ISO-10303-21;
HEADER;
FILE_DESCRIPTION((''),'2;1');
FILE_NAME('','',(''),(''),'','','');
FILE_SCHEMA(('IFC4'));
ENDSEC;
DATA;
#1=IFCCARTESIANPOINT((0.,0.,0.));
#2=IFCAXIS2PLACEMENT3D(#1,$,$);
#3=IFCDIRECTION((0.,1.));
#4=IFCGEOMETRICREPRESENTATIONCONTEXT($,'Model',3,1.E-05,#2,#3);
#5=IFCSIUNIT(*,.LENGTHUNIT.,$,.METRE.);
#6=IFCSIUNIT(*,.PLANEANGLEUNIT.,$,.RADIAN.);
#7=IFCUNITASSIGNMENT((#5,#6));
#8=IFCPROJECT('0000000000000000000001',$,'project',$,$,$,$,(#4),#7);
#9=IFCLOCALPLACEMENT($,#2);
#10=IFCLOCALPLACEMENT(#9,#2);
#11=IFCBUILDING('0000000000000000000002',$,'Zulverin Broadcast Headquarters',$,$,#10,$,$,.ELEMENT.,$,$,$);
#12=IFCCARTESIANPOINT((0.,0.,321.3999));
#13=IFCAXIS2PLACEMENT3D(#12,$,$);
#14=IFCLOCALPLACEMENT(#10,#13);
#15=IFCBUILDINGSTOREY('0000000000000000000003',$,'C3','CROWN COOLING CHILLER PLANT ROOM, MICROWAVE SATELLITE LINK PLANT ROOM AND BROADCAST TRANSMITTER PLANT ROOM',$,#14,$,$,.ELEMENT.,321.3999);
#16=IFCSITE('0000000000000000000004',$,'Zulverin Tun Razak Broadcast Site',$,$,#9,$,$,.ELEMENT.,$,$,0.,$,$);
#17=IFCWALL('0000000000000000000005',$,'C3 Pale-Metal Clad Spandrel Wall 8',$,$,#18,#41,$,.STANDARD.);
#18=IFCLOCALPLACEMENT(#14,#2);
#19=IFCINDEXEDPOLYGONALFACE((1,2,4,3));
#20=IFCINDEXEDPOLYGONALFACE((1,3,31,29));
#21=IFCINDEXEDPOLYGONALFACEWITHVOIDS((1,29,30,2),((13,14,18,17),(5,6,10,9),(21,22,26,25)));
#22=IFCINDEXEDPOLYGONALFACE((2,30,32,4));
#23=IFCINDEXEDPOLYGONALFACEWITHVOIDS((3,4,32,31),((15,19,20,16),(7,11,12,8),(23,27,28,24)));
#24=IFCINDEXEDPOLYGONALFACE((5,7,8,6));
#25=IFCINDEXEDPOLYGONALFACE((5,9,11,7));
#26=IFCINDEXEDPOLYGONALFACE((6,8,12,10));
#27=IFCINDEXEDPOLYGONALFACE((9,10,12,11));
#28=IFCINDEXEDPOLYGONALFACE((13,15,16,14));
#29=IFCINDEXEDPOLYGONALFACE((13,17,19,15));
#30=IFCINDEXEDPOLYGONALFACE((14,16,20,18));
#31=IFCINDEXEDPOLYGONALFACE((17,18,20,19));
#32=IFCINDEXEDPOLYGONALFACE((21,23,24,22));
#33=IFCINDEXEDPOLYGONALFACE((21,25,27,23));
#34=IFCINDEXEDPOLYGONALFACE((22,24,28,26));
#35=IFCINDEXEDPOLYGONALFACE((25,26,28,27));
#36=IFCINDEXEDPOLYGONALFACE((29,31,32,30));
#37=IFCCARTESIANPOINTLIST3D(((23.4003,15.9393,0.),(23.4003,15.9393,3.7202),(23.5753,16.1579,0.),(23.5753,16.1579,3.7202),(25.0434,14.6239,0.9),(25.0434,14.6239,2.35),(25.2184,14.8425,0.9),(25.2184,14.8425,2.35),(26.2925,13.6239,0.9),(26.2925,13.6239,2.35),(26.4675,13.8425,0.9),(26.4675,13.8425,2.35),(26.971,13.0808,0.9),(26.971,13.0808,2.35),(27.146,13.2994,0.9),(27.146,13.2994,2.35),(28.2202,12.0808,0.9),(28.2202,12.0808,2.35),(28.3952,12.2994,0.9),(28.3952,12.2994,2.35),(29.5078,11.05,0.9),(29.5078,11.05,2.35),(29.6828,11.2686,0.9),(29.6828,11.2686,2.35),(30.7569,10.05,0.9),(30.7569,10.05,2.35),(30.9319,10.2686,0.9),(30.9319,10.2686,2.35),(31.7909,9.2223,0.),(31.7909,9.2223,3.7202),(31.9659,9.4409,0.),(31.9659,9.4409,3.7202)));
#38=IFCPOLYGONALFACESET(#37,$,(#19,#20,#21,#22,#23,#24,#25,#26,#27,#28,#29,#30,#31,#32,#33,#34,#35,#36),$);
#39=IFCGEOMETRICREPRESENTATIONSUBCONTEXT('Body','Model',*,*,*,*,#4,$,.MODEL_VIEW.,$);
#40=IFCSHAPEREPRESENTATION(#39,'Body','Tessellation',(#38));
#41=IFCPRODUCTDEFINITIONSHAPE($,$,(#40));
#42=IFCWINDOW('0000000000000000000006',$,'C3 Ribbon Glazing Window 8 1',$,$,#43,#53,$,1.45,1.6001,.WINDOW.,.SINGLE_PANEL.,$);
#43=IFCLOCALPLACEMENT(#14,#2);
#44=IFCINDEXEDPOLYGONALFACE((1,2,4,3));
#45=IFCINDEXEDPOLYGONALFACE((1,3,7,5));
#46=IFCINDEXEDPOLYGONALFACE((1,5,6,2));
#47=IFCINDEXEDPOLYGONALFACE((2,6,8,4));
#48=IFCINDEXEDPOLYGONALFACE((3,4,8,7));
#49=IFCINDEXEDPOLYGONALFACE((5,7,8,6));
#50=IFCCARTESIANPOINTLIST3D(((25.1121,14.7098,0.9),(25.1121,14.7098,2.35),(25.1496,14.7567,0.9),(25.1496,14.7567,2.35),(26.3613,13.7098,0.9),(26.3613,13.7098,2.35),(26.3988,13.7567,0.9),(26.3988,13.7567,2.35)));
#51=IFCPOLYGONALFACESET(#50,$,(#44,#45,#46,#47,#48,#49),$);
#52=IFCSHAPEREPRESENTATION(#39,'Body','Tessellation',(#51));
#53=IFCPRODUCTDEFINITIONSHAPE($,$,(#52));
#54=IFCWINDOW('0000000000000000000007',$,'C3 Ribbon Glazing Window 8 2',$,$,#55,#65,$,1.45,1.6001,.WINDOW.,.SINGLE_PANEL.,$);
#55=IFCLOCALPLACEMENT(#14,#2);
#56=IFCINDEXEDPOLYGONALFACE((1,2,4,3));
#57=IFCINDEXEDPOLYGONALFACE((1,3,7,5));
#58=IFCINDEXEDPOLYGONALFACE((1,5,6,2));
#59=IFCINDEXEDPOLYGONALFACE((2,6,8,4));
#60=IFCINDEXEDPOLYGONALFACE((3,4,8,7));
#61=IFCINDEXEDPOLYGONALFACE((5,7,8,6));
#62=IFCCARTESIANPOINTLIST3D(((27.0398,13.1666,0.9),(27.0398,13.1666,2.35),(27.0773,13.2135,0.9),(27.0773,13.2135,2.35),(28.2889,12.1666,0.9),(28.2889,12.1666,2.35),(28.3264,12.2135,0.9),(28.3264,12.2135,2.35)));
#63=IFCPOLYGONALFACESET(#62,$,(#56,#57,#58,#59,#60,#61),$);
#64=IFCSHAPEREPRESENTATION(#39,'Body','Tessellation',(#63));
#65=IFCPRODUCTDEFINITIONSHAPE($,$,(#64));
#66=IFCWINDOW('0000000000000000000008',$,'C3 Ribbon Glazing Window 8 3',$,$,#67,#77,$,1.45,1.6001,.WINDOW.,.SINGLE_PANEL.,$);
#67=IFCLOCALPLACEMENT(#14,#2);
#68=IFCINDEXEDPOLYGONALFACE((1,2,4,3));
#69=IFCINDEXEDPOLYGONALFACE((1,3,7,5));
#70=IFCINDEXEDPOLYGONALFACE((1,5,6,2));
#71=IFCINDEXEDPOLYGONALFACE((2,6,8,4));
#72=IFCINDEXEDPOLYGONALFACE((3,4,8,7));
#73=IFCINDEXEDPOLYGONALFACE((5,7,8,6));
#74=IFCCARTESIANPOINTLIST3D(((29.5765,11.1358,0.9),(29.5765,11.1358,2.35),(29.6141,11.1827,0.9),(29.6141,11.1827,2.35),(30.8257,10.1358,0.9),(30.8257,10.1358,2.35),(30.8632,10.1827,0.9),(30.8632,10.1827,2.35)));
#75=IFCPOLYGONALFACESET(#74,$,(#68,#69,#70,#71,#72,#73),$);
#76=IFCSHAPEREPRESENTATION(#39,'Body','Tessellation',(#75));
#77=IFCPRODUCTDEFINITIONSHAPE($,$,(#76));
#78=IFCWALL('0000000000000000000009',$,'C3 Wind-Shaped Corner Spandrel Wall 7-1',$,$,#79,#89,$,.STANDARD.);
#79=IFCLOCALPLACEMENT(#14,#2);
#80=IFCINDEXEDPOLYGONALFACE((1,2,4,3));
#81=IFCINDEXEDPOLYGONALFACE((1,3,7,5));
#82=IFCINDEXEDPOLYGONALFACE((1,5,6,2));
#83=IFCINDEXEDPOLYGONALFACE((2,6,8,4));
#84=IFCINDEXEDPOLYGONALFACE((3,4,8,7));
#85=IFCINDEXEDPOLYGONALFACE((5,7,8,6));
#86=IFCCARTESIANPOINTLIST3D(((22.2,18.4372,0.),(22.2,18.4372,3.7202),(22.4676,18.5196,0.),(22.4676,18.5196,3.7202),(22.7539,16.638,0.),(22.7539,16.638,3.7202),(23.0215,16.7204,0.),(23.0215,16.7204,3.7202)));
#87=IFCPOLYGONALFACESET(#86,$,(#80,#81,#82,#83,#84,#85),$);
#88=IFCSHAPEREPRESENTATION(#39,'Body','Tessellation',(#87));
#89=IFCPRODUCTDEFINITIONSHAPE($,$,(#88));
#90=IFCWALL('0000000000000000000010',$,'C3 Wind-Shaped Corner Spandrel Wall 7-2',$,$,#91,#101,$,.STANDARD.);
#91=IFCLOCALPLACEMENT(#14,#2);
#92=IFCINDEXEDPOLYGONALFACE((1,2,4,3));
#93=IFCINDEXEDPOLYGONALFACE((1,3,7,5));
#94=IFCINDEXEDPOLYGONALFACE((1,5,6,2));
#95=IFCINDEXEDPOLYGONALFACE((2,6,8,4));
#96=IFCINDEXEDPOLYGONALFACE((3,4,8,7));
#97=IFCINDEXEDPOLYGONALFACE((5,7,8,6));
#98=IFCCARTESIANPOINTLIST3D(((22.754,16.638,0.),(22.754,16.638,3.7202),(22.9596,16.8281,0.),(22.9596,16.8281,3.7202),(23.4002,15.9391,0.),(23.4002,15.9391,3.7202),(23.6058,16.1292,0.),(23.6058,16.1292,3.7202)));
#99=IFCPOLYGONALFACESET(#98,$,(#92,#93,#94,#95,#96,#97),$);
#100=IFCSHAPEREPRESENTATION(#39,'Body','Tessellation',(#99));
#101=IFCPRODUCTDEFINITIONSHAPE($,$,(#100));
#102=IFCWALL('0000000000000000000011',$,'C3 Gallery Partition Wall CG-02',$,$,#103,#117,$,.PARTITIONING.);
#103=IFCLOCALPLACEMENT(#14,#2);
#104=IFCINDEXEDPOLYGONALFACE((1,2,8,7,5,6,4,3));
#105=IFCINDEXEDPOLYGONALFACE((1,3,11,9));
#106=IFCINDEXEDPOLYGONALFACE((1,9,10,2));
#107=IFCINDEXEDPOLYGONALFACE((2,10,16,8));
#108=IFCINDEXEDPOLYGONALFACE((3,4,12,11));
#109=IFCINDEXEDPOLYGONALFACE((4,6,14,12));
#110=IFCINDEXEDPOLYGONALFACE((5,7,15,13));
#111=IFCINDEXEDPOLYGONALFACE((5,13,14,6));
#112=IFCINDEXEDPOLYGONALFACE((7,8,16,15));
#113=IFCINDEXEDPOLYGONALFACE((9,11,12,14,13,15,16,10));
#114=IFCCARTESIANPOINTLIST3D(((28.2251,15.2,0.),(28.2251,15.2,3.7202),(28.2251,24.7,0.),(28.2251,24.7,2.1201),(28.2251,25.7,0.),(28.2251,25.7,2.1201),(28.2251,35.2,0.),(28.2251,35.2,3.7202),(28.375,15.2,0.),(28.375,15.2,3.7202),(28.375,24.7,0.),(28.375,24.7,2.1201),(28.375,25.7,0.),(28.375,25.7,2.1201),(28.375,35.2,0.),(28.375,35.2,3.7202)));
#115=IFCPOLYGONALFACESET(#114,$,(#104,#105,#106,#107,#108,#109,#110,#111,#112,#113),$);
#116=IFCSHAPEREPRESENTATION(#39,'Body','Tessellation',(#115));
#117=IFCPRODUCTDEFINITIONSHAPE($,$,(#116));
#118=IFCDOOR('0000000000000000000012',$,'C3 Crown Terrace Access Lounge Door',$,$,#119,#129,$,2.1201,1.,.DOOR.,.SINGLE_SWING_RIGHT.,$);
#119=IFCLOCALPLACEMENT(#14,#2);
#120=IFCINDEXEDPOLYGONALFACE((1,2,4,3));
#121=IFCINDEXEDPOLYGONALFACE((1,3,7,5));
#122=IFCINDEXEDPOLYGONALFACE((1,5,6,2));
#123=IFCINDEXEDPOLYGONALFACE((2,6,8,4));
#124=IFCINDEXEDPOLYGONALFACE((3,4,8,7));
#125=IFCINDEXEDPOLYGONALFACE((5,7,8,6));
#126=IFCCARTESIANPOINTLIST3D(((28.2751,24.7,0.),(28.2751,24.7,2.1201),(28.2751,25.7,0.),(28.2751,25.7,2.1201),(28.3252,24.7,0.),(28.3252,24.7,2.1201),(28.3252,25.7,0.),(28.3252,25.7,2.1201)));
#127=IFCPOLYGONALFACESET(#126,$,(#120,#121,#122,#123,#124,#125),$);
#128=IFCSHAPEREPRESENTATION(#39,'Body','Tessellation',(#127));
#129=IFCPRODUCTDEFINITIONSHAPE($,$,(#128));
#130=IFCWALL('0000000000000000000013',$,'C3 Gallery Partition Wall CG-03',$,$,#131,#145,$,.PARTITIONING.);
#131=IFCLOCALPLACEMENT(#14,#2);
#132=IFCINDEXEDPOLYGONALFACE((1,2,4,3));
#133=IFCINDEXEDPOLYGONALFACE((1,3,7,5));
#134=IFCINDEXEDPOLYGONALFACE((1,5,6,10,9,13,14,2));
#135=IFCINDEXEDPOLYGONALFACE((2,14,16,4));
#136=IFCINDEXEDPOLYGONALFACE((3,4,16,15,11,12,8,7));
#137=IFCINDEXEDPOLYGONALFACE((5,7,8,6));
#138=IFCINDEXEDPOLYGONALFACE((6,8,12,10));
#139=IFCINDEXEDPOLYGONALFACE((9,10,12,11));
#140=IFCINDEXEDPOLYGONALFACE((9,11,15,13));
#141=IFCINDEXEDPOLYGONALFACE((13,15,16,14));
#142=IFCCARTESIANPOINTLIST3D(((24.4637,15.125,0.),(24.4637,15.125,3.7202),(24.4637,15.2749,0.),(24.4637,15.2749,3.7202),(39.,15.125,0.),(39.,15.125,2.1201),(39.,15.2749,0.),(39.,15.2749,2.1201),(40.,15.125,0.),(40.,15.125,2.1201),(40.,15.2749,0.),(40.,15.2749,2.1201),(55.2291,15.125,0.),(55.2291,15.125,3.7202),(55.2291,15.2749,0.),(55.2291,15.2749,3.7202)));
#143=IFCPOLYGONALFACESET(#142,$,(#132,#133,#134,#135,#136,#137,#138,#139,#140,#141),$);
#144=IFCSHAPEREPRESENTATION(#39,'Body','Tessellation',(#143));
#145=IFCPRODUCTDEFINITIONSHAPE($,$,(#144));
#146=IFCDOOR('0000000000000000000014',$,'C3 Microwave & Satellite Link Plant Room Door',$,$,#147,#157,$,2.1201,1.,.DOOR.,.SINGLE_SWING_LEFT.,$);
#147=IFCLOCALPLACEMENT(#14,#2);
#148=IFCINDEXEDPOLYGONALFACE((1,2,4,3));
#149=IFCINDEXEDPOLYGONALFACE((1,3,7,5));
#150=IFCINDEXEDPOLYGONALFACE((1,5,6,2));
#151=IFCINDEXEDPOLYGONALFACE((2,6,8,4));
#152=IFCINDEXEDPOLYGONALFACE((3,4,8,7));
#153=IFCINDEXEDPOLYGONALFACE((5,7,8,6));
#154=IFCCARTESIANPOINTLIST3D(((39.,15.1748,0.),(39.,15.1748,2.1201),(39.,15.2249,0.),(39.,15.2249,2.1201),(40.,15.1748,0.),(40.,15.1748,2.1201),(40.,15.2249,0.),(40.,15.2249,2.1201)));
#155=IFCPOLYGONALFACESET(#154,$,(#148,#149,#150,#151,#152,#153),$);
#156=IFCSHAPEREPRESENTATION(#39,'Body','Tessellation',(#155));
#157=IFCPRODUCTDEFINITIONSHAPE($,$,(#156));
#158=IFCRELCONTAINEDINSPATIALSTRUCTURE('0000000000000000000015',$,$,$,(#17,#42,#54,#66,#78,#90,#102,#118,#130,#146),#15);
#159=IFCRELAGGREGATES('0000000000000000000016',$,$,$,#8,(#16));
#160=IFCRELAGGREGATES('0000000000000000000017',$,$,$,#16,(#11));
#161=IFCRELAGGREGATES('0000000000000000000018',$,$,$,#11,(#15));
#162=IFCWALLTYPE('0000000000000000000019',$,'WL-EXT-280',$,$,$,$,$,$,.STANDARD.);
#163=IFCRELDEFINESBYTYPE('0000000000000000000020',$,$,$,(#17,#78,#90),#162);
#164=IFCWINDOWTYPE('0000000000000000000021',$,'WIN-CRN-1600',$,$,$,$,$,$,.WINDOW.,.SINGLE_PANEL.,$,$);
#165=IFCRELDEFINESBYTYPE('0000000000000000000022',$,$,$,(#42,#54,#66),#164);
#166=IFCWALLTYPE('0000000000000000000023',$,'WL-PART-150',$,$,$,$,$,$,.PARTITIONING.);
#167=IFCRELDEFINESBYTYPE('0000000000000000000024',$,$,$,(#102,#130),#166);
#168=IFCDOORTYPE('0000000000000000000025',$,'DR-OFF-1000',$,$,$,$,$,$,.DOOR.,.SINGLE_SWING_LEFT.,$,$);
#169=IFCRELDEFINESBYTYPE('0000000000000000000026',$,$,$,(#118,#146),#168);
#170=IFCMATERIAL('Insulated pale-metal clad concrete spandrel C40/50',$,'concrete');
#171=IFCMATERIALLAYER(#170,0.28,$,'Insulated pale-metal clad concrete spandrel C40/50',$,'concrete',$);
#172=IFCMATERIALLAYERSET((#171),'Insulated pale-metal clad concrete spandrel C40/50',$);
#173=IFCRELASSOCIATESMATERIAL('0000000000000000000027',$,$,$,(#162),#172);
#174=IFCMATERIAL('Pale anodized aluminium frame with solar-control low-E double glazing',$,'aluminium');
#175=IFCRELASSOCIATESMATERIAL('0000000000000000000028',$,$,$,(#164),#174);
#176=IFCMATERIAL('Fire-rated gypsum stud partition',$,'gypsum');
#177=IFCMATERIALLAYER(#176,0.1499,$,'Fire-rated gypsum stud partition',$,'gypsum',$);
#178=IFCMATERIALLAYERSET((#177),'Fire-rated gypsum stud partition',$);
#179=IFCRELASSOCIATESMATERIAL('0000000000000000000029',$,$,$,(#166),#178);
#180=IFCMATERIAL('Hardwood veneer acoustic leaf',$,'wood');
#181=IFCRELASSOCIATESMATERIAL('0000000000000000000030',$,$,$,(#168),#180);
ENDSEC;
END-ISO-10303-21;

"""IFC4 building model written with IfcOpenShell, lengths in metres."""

from ifc_helpers import new_model, si_unit, direction, frame, frame_2d, origin, place, context, subcontext, project, spatial, rectangle, extrude, material, layer, layer_set, type_object, element, fill, save


model = new_model("IFC4")

# Units and contexts
model_context = context("Model", 3, precision=1e-05, world=origin(), true_north=direction((0.0, 1.0)))
body_context = subcontext(model_context, "Body", "Model", "MODEL_VIEW")
ifc_project = project(units=[si_unit("LENGTHUNIT", "METRE"), si_unit("PLANEANGLEUNIT", "RADIAN")], contexts=[model_context])

# Site, building, storey
site_placement = place(None, origin())
site = spatial("IfcSite", under=ifc_project, at=site_placement, Name="Zulverin Tun Razak Broadcast Site", CompositionType="ELEMENT", RefElevation=0.0)
building_placement = place(site_placement, origin())
building = spatial("IfcBuilding", under=site, at=building_placement, Name="Zulverin Broadcast Headquarters", CompositionType="ELEMENT")
storey_placement = place(building_placement, frame((0.0, 0.0, 321.3999)))
storey = spatial("IfcBuildingStorey", under=building, at=storey_placement, Name="C3", Description="CROWN COOLING CHILLER PLANT ROOM, MICROWAVE SATELLITE LINK PLANT ROOM AND BROADCAST TRANSMITTER PLANT ROOM", CompositionType="ELEMENT", Elevation=321.3999)

# Wall, openings, windows
ifc_material_1 = material(Name="Insulated pale-metal clad concrete spandrel C40/50", Category="concrete")
ifc_layer_1 = layer(ifc_material_1, 0.28, Name="Insulated pale-metal clad concrete spandrel C40/50", Category="concrete")
ifc_layer_set_1 = layer_set([ifc_layer_1], Name="Insulated pale-metal clad concrete spandrel C40/50")
wall_type_1 = type_object("IfcWallType", Name="WL-EXT-280", PredefinedType="STANDARD", material=ifc_layer_set_1)
wall_1_placement = place(storey_placement, frame((23.4878, 16.0486, 0.0), z_axis=(0.0, 0.0, 1.0), x_axis=(0.780663, -0.624953, 0.0)))
wall_1 = element("IfcWall", 1, at=wall_1_placement, inside=storey, type_object=wall_type_1, Name="C3 Pale-Metal Clad Spandrel Wall 8", PredefinedType="STANDARD", context=body_context, shape_type="SweptSolid", body=[
    extrude(rectangle(XDim=10.748, YDim=0.28, at=frame_2d((5.374, 0.0))), origin(), (0.0, 0.0, 1.0), 3.7202),
])
opening_1_placement = place(wall_1_placement, frame((2.1047, 0.0, 0.8999)))
opening_1 = element("IfcOpeningElement", 2, at=opening_1_placement, cuts=wall_1, PredefinedType="OPENING", context=body_context, shape_type="SweptSolid", body=[
    extrude(rectangle(XDim=1.6001, YDim=1.45, at=frame_2d((0.8, 0.7251))), frame((0.0, 0.1499, 0.0), z_axis=(0.0, -1.0, 0.0), x_axis=(1.0, 0.0, 0.0)), (0.0, 0.0, 1.0), 0.3),
])
opening_2_placement = place(wall_1_placement, frame((4.574, 0.0, 0.8999)))
opening_2 = element("IfcOpeningElement", 3, at=opening_2_placement, cuts=wall_1, PredefinedType="OPENING", context=body_context, shape_type="SweptSolid", body=[
    extrude(rectangle(XDim=1.6001, YDim=1.45, at=frame_2d((0.8, 0.7251))), frame((0.0, 0.1499, 0.0), z_axis=(0.0, -1.0, 0.0), x_axis=(1.0, 0.0, 0.0)), (0.0, 0.0, 1.0), 0.3),
])
opening_3_placement = place(wall_1_placement, frame((7.8235, 0.0, 0.8999)))
opening_3 = element("IfcOpeningElement", 4, at=opening_3_placement, cuts=wall_1, PredefinedType="OPENING", context=body_context, shape_type="SweptSolid", body=[
    extrude(rectangle(XDim=1.6001, YDim=1.45, at=frame_2d((0.8, 0.7251))), frame((0.0, 0.1499, 0.0), z_axis=(0.0, -1.0, 0.0), x_axis=(1.0, 0.0, 0.0)), (0.0, 0.0, 1.0), 0.3),
])
ifc_material_2 = material(Name="Pale anodized aluminium frame with solar-control low-E double glazing", Category="aluminium")
window_type = type_object("IfcWindowType", Name="WIN-CRN-1600", PartitioningType="SINGLE_PANEL", PredefinedType="WINDOW", material=ifc_material_2)
window_1_placement = place(opening_1_placement, origin())
window_1 = element("IfcWindow", 5, at=window_1_placement, inside=storey, type_object=window_type, Name="C3 Ribbon Glazing Window 8 1", OverallHeight=1.45, OverallWidth=1.6001, PartitioningType="SINGLE_PANEL", PredefinedType="WINDOW", context=body_context, shape_type="SweptSolid", body=[
    extrude(rectangle(XDim=1.6001, YDim=1.45, at=frame_2d((0.8, 0.7251))), frame((0.0, 0.03, 0.0), z_axis=(0.0, -1.0, 0.0), x_axis=(1.0, 0.0, 0.0)), (0.0, 0.0, 1.0), 0.0601),
])
fill(opening_1, window_1)
window_2_placement = place(opening_2_placement, origin())
window_2 = element("IfcWindow", 6, at=window_2_placement, inside=storey, type_object=window_type, Name="C3 Ribbon Glazing Window 8 2", OverallHeight=1.45, OverallWidth=1.6001, PartitioningType="SINGLE_PANEL", PredefinedType="WINDOW", context=body_context, shape_type="SweptSolid", body=[
    extrude(rectangle(XDim=1.6001, YDim=1.45, at=frame_2d((0.8, 0.7251))), frame((0.0, 0.03, 0.0), z_axis=(0.0, -1.0, 0.0), x_axis=(1.0, 0.0, 0.0)), (0.0, 0.0, 1.0), 0.0601),
])
fill(opening_2, window_2)
window_3_placement = place(opening_3_placement, origin())
window_3 = element("IfcWindow", 7, at=window_3_placement, inside=storey, type_object=window_type, Name="C3 Ribbon Glazing Window 8 3", OverallHeight=1.45, OverallWidth=1.6001, PartitioningType="SINGLE_PANEL", PredefinedType="WINDOW", context=body_context, shape_type="SweptSolid", body=[
    extrude(rectangle(XDim=1.6001, YDim=1.45, at=frame_2d((0.8, 0.7251))), frame((0.0, 0.03, 0.0), z_axis=(0.0, -1.0, 0.0), x_axis=(1.0, 0.0, 0.0)), (0.0, 0.0, 1.0), 0.0601),
])
fill(opening_3, window_3)

# Walls
wall_2_placement = place(storey_placement, frame((22.3337, 18.4785, 0.0), z_axis=(0.0, 0.0, 1.0), x_axis=(0.294241, -0.955731, 0.0)))
element("IfcWall", 8, at=wall_2_placement, inside=storey, type_object=wall_type_1, Name="C3 Wind-Shaped Corner Spandrel Wall 7-1", PredefinedType="STANDARD", context=body_context, shape_type="SweptSolid", body=[
    extrude(rectangle(XDim=1.8826, YDim=0.28, at=frame_2d((0.9414, 0.0))), origin(), (0.0, 0.0, 1.0), 3.7202),
])
wall_3_placement = place(storey_placement, frame((22.8567, 16.7332, 0.0), z_axis=(0.0, 0.0, 1.0), x_axis=(0.678866, -0.734262, 0.0)))
element("IfcWall", 9, at=wall_3_placement, inside=storey, type_object=wall_type_1, Name="C3 Wind-Shaped Corner Spandrel Wall 7-2", PredefinedType="STANDARD", context=body_context, shape_type="SweptSolid", body=[
    extrude(rectangle(XDim=0.9519, YDim=0.28, at=frame_2d((0.4761, 0.0))), origin(), (0.0, 0.0, 1.0), 3.7202),
])

# Walls, openings, doors
ifc_material_3 = material(Name="Fire-rated gypsum stud partition", Category="gypsum")
ifc_layer_2 = layer(ifc_material_3, 0.1499, Name="Fire-rated gypsum stud partition", Category="gypsum")
ifc_layer_set_2 = layer_set([ifc_layer_2], Name="Fire-rated gypsum stud partition")
wall_type_2 = type_object("IfcWallType", Name="WL-PART-150", PredefinedType="PARTITIONING", material=ifc_layer_set_2)
wall_4_placement = place(storey_placement, frame((28.3, 15.2, 0.0), z_axis=(0.0, 0.0, 1.0), x_axis=(0.0, 1.0, 0.0)))
wall_4 = element("IfcWall", 10, at=wall_4_placement, inside=storey, type_object=wall_type_2, Name="C3 Gallery Partition Wall CG-02", PredefinedType="PARTITIONING", context=body_context, shape_type="SweptSolid", body=[
    extrude(rectangle(XDim=20.0, YDim=0.1499, at=frame_2d((10.0, 0.0))), origin(), (0.0, 0.0, 1.0), 3.7202),
])
opening_4_placement = place(wall_4_placement, frame((9.5, 0.0, 0.0)))
opening_4 = element("IfcOpeningElement", 11, at=opening_4_placement, cuts=wall_4, PredefinedType="OPENING", context=body_context, shape_type="SweptSolid", body=[
    extrude(rectangle(XDim=1.0, YDim=2.1201, at=frame_2d((0.5, 1.0601))), frame((0.0, 0.085, 0.0), z_axis=(0.0, -1.0, 0.0), x_axis=(1.0, 0.0, 0.0)), (0.0, 0.0, 1.0), 0.1699),
])
ifc_material_4 = material(Name="Hardwood veneer acoustic leaf", Category="wood")
door_type = type_object("IfcDoorType", Name="DR-OFF-1000", OperationType="SINGLE_SWING_LEFT", PredefinedType="DOOR", material=ifc_material_4)
door_1_placement = place(opening_4_placement, origin())
door_1 = element("IfcDoor", 12, at=door_1_placement, inside=storey, type_object=door_type, Name="C3 Crown Terrace Access Lounge Door", OperationType="SINGLE_SWING_RIGHT", OverallHeight=2.1201, OverallWidth=1.0, PredefinedType="DOOR", context=body_context, shape_type="SweptSolid", body=[
    extrude(rectangle(XDim=1.0, YDim=2.1201, at=frame_2d((0.5, 1.0601))), frame((0.0, 0.0249, 0.0), z_axis=(0.0, -1.0, 0.0), x_axis=(1.0, 0.0, 0.0)), (0.0, 0.0, 1.0), 0.05),
])
fill(opening_4, door_1)
wall_5_placement = place(storey_placement, frame((24.4636, 15.2, 0.0), z_axis=(0.0, 0.0, 1.0), x_axis=(1.0, 0.0, 0.0)))
wall_5 = element("IfcWall", 13, at=wall_5_placement, inside=storey, type_object=wall_type_2, Name="C3 Gallery Partition Wall CG-03", PredefinedType="PARTITIONING", context=body_context, shape_type="SweptSolid", body=[
    extrude(rectangle(XDim=30.7654, YDim=0.1499, at=frame_2d((15.3828, 0.0))), origin(), (0.0, 0.0, 1.0), 3.7202),
])
opening_5_placement = place(wall_5_placement, frame((14.5364, 0.0, 0.0)))
opening_5 = element("IfcOpeningElement", 14, at=opening_5_placement, cuts=wall_5, PredefinedType="OPENING", context=body_context, shape_type="SweptSolid", body=[
    extrude(rectangle(XDim=1.0, YDim=2.1201, at=frame_2d((0.5, 1.0601))), frame((0.0, 0.085, 0.0), z_axis=(0.0, -1.0, 0.0), x_axis=(1.0, 0.0, 0.0)), (0.0, 0.0, 1.0), 0.1699),
])
door_2_placement = place(opening_5_placement, origin())
door_2 = element("IfcDoor", 15, at=door_2_placement, inside=storey, type_object=door_type, Name="C3 Microwave & Satellite Link Plant Room Door", OperationType="SINGLE_SWING_LEFT", OverallHeight=2.1201, OverallWidth=1.0, PredefinedType="DOOR", context=body_context, shape_type="SweptSolid", body=[
    extrude(rectangle(XDim=1.0, YDim=2.1201, at=frame_2d((0.5, 1.0601))), frame((0.0, 0.0249, 0.0), z_axis=(0.0, -1.0, 0.0), x_axis=(1.0, 0.0, 0.0)), (0.0, 0.0, 1.0), 0.05),
])
fill(opening_5, door_2)

save(model, "model.ifc")
